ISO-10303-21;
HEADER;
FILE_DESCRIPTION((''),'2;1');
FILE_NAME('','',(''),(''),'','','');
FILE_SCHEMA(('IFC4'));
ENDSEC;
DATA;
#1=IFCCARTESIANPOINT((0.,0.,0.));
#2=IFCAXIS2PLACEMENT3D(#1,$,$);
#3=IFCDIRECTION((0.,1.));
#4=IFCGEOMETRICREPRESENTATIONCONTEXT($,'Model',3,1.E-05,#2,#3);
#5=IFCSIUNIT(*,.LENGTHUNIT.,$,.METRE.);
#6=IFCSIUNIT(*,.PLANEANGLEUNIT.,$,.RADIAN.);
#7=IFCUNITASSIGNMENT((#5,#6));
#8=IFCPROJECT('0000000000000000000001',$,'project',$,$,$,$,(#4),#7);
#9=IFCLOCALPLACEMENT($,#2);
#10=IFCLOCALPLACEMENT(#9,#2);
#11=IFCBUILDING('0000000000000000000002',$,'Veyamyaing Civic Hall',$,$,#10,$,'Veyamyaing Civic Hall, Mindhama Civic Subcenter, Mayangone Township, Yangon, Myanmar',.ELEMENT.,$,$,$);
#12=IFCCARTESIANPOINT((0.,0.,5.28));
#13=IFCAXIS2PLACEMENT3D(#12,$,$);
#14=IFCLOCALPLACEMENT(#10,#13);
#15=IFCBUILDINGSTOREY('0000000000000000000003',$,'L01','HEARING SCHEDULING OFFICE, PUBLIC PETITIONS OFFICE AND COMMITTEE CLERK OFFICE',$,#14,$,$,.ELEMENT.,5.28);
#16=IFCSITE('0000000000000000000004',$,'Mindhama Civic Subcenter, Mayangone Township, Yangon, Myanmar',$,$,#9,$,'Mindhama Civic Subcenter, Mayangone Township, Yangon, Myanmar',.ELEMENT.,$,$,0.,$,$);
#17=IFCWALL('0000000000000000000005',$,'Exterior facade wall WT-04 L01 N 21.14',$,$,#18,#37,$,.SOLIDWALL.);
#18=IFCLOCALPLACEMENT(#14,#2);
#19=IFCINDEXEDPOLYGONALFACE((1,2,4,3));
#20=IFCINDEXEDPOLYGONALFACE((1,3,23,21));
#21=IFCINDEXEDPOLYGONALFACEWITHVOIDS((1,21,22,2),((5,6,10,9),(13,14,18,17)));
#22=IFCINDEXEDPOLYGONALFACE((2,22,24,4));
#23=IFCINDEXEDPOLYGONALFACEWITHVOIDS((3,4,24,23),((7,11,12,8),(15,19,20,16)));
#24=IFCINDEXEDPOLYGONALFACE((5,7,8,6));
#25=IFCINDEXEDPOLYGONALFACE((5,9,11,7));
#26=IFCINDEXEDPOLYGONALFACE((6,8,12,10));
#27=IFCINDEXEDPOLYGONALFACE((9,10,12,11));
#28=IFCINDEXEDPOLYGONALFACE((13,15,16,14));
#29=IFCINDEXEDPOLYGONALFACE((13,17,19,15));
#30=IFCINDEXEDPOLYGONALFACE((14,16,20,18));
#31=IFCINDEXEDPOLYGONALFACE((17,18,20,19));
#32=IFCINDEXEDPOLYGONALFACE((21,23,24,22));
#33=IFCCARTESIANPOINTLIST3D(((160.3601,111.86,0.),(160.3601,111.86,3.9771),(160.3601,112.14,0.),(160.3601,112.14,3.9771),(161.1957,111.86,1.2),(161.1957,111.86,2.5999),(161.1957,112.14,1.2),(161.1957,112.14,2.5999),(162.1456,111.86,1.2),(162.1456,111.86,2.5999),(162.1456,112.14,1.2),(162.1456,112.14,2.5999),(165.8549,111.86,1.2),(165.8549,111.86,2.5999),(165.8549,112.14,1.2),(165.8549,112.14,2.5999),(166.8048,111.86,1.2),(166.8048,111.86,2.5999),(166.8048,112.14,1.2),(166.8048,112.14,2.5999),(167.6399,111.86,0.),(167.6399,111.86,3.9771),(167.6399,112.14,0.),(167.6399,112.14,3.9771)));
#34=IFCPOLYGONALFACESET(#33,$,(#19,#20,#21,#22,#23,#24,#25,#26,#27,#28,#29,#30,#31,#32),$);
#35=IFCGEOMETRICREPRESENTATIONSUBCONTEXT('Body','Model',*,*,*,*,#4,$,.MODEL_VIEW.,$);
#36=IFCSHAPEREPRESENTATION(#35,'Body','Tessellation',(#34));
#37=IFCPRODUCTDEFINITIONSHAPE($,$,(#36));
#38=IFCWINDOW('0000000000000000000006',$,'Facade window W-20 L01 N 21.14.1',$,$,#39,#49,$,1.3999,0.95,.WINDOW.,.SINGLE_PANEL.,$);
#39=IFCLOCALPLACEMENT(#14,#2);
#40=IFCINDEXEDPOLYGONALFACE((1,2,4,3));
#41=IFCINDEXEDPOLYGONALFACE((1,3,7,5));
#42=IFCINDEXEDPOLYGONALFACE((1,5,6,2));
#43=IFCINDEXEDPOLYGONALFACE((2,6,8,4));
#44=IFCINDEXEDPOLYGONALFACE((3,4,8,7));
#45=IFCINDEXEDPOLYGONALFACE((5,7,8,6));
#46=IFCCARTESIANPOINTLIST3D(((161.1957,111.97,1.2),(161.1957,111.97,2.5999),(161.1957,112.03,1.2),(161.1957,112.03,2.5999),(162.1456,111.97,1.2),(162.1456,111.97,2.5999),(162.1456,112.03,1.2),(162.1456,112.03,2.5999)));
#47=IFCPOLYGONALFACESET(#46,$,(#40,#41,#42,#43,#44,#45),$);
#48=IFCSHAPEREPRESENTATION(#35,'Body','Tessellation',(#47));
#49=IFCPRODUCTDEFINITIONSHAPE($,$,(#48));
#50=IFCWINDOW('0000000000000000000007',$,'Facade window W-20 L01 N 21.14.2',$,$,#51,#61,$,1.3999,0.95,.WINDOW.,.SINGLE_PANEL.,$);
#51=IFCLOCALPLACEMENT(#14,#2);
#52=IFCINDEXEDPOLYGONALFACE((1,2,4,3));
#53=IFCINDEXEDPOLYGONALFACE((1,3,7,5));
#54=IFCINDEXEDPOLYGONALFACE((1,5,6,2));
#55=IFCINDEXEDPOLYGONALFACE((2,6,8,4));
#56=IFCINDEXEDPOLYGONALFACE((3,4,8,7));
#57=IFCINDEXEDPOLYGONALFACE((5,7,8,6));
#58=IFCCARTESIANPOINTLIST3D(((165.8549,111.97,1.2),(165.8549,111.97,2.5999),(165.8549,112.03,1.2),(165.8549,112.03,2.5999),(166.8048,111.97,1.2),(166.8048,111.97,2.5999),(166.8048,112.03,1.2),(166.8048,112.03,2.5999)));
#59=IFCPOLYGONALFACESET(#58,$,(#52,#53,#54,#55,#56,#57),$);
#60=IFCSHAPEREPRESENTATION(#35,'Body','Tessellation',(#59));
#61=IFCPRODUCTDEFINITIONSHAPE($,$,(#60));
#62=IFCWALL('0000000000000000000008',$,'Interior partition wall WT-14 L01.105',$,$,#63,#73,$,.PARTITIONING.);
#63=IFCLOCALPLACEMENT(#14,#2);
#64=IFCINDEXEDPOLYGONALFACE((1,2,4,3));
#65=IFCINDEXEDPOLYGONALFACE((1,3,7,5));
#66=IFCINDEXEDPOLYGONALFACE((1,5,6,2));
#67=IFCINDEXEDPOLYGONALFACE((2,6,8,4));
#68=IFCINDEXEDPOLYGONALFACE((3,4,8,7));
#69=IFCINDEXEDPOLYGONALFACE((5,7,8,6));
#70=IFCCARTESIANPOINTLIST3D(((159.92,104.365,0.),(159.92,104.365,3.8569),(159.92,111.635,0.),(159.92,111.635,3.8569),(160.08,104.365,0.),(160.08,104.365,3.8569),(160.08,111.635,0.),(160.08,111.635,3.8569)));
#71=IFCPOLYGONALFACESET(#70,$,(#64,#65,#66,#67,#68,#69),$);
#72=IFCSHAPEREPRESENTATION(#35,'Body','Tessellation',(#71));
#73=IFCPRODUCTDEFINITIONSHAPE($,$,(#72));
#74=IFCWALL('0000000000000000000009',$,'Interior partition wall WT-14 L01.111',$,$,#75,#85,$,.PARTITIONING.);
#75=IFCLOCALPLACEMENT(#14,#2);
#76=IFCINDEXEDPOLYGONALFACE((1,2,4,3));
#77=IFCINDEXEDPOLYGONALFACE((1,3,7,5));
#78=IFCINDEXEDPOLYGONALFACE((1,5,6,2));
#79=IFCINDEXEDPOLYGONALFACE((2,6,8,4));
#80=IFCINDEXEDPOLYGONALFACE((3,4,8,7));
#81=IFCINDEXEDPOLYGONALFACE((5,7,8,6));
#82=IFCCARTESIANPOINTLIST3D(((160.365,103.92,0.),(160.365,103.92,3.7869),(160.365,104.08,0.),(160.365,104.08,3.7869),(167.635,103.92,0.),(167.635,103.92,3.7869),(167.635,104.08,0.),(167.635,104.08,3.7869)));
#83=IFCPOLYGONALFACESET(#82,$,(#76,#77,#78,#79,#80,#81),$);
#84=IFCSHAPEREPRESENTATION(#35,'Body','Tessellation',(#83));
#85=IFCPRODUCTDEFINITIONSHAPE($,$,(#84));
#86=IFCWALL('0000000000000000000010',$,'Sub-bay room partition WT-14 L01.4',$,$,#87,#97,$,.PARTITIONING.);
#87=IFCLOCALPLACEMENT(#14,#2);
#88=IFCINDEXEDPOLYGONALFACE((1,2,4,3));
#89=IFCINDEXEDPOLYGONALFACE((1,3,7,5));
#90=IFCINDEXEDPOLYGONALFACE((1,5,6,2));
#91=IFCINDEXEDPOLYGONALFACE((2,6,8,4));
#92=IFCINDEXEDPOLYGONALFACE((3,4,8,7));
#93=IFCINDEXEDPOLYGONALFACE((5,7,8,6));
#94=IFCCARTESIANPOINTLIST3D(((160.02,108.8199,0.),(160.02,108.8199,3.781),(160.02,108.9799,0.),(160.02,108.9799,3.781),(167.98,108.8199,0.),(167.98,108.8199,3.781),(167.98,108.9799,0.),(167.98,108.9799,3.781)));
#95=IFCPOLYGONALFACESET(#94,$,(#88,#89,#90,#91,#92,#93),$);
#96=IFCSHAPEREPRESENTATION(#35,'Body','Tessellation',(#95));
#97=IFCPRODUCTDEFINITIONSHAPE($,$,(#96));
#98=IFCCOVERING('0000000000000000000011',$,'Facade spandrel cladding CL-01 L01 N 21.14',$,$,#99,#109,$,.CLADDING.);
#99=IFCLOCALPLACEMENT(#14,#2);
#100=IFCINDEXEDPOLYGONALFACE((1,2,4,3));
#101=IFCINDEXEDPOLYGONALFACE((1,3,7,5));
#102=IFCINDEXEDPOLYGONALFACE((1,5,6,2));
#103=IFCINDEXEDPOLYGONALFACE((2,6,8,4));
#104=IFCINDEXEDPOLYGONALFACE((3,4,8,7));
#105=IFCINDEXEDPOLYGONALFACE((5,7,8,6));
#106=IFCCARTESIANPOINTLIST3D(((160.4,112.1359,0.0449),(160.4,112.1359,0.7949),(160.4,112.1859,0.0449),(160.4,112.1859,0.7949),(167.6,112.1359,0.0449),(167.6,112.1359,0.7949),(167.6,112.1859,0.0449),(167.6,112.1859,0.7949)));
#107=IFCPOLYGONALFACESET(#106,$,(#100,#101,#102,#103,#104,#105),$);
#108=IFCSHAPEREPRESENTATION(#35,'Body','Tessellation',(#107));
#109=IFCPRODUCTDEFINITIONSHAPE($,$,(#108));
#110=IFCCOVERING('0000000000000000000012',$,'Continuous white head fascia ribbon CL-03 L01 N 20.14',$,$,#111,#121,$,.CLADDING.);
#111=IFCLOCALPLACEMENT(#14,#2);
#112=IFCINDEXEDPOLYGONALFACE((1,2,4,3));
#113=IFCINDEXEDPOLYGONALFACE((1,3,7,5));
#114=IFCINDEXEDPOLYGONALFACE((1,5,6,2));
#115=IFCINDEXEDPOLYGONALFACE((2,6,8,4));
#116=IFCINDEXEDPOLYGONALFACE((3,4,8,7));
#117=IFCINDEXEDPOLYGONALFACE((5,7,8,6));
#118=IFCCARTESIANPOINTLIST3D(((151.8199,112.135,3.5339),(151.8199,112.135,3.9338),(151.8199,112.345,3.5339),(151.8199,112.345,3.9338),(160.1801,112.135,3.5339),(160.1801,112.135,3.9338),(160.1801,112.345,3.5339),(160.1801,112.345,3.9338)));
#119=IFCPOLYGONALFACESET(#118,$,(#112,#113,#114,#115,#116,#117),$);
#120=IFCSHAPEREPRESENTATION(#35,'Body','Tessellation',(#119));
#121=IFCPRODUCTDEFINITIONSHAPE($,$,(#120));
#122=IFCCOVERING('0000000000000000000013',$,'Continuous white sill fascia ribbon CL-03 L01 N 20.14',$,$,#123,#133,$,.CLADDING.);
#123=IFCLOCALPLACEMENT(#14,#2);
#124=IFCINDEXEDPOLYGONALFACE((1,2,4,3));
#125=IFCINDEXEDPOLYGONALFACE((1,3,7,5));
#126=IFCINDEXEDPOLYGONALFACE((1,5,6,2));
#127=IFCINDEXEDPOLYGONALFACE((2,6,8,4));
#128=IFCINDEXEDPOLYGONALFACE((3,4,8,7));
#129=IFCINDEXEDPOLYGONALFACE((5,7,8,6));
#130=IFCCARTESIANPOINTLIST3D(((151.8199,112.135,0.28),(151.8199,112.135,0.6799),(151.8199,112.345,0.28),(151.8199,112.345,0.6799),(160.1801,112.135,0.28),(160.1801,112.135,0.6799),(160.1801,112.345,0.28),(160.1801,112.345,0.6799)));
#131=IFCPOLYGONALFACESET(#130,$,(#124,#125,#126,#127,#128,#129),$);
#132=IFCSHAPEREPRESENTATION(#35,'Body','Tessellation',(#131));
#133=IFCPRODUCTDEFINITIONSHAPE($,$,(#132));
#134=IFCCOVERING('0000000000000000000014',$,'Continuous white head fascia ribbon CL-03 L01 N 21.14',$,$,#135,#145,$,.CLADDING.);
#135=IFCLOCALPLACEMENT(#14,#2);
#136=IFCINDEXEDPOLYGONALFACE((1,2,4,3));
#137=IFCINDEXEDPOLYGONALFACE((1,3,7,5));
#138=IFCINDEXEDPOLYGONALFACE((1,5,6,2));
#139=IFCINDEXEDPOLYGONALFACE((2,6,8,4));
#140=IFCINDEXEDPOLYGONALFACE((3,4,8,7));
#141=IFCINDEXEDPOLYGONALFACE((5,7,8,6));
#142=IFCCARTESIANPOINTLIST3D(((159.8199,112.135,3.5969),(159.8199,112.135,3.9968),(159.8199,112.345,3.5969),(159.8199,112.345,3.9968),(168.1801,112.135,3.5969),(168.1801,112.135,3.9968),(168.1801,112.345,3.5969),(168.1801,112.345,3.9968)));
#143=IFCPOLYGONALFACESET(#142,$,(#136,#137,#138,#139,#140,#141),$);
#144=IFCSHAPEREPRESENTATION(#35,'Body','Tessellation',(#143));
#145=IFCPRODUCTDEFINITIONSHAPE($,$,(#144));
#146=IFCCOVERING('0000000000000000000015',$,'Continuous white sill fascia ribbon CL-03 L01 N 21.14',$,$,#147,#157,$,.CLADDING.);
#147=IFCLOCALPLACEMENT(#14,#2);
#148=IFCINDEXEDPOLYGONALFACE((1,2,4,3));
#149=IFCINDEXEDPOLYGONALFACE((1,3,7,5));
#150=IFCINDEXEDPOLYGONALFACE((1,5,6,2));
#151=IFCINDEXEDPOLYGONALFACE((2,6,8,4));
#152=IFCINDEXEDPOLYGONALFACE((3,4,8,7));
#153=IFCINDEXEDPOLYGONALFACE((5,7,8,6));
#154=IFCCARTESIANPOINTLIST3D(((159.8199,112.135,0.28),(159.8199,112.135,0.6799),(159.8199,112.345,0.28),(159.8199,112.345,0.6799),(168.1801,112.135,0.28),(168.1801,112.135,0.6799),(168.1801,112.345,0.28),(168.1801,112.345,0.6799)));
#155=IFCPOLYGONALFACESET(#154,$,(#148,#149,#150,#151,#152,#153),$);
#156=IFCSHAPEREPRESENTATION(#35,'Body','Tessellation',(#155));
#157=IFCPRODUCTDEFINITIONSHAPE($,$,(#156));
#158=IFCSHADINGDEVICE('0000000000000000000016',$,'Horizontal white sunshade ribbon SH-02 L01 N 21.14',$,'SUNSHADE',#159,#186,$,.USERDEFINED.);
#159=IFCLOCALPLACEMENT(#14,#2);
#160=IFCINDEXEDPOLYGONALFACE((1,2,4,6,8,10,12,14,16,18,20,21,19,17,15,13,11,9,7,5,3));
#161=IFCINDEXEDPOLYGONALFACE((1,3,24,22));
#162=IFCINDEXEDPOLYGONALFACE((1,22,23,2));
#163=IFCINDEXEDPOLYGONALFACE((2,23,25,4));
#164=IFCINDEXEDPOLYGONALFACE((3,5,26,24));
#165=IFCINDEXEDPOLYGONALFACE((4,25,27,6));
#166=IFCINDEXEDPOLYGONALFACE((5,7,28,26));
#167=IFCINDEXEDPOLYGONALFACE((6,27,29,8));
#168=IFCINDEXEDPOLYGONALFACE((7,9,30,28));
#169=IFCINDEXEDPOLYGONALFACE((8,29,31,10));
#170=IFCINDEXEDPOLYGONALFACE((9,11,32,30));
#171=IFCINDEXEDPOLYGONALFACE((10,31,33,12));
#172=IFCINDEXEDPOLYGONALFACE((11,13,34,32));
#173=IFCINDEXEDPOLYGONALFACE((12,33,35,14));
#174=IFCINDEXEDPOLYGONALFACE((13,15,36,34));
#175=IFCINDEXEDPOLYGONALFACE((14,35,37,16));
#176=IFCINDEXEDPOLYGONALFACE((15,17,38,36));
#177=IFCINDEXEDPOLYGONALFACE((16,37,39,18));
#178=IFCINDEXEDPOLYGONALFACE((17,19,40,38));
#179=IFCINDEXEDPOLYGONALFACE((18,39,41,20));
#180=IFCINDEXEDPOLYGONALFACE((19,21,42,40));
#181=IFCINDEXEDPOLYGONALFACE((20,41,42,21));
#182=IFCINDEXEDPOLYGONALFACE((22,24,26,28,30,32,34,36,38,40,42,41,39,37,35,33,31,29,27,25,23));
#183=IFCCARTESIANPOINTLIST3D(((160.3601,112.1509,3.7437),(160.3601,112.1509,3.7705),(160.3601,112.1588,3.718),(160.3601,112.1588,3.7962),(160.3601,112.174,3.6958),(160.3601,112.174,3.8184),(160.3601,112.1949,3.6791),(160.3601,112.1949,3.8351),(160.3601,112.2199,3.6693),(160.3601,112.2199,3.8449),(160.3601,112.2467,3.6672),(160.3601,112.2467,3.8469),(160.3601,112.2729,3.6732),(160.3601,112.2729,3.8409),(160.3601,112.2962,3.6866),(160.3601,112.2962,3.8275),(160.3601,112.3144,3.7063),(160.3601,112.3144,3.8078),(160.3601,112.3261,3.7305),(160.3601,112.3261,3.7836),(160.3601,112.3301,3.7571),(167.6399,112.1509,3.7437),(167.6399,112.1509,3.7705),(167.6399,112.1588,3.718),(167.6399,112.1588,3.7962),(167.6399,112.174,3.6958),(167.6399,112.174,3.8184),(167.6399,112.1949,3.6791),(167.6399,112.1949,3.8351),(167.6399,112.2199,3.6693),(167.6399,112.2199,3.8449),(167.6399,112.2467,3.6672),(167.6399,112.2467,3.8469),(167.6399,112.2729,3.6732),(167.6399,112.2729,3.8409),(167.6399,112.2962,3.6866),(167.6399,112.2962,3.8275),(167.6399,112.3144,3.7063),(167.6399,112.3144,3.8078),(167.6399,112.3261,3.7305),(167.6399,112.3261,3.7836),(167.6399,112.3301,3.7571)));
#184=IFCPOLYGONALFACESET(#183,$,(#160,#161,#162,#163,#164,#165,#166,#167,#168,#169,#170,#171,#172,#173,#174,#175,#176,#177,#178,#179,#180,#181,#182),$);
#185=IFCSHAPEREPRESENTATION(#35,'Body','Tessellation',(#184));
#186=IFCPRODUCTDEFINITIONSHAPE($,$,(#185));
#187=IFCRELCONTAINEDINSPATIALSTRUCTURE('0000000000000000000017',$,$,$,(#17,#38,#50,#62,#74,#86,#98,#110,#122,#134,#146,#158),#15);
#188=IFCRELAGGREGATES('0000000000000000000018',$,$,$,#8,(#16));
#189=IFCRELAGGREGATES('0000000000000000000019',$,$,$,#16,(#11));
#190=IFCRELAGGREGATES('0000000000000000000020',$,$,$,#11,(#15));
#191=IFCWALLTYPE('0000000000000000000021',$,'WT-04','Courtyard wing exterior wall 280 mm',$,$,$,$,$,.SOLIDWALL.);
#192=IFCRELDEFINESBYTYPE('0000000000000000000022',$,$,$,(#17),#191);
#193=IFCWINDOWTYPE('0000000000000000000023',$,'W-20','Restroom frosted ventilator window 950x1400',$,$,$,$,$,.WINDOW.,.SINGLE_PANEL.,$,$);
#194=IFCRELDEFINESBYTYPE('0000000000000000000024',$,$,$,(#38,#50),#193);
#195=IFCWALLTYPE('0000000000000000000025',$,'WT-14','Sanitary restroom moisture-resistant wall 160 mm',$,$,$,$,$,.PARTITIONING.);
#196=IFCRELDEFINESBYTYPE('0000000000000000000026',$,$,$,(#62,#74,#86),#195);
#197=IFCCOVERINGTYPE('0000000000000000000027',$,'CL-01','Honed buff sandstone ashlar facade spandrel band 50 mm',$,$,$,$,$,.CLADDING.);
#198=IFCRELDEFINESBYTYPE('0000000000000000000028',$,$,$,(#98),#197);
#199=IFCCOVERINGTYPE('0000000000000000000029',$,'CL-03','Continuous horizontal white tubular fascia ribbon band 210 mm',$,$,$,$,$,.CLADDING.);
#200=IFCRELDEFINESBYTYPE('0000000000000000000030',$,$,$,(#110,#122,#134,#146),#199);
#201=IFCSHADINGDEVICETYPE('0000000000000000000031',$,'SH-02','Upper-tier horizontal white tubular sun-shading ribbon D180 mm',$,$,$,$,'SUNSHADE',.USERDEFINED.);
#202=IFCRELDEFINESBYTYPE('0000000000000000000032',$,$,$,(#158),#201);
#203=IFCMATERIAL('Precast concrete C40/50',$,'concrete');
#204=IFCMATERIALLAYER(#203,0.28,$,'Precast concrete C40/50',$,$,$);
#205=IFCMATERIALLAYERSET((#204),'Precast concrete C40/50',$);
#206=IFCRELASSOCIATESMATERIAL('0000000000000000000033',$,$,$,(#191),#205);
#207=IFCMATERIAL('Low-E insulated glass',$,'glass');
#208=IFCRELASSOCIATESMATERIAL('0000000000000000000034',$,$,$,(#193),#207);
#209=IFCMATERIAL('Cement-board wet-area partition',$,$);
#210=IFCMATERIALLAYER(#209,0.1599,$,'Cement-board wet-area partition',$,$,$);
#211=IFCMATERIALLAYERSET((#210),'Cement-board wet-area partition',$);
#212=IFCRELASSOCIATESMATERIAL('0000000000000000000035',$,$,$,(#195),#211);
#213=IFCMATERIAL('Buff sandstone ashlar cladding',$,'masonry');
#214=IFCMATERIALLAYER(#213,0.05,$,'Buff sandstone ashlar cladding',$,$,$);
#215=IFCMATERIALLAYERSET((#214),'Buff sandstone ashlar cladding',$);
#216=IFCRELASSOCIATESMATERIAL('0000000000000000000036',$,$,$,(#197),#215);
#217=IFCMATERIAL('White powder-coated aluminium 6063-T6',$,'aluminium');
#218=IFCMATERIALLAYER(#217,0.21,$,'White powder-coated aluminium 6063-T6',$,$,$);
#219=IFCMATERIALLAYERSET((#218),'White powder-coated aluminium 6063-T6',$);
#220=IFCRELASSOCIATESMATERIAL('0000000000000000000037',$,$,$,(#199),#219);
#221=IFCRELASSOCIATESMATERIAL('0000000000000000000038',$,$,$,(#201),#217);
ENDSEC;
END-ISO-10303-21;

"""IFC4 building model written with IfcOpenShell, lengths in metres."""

from ifc_helpers import new_model, si_unit, direction, frame, frame_2d, origin, origin_2d, place, context, subcontext, project, spatial, rectangle, circle, extrude, material, layer, layer_set, material_profile, profile_set, type_object, element, fill, save


model = new_model("IFC4")

# Units and contexts
model_context = context("Model", 3, precision=1e-05, world=origin(), true_north=direction((0.0, 1.0)))
body_context = subcontext(model_context, "Body", "Model", "MODEL_VIEW")
ifc_project = project(units=[si_unit("LENGTHUNIT", "METRE"), si_unit("PLANEANGLEUNIT", "RADIAN")], contexts=[model_context])

# Site, building, storey
site_placement = place(None, origin())
site = spatial("IfcSite", under=ifc_project, at=site_placement, Name="Mindhama Civic Subcenter, Mayangone Township, Yangon, Myanmar", LongName="Mindhama Civic Subcenter, Mayangone Township, Yangon, Myanmar", CompositionType="ELEMENT", RefElevation=0.0)
building_placement = place(site_placement, origin())
building = spatial("IfcBuilding", under=site, at=building_placement, Name="Veyamyaing Civic Hall", LongName="Veyamyaing Civic Hall, Mindhama Civic Subcenter, Mayangone Township, Yangon, Myanmar", CompositionType="ELEMENT")
storey_placement = place(building_placement, frame((0.0, 0.0, 5.28)))
storey = spatial("IfcBuildingStorey", under=building, at=storey_placement, Name="L01", Description="HEARING SCHEDULING OFFICE, PUBLIC PETITIONS OFFICE AND COMMITTEE CLERK OFFICE", CompositionType="ELEMENT", Elevation=5.28)

# Wall, openings, windows
ifc_material_1 = material(Name="Precast concrete C40/50", Category="concrete")
ifc_layer_1 = layer(ifc_material_1, 0.28, Name="Precast concrete C40/50")
ifc_layer_set_1 = layer_set([ifc_layer_1], Name="Precast concrete C40/50")
wall_type_1 = type_object("IfcWallType", Name="WT-04", Description="Courtyard wing exterior wall 280 mm", PredefinedType="SOLIDWALL", material=ifc_layer_set_1)
wall_1_placement = place(storey_placement, frame((160.3601, 112.0, 0.0), z_axis=(0.0, 0.0, 1.0), x_axis=(1.0, 0.0, 0.0)))
wall_1 = element("IfcWall", 1, at=wall_1_placement, inside=storey, type_object=wall_type_1, Name="Exterior facade wall WT-04 L01 N 21.14", PredefinedType="SOLIDWALL", context=body_context, shape_type="SweptSolid", body=[
    extrude(rectangle(XDim=7.2798, YDim=0.28, at=frame_2d((3.6399, 0.0))), origin(), (0.0, 0.0, 1.0), 3.9771),
])
opening_1_placement = place(wall_1_placement, frame((0.8354, 0.0, 1.2)))
opening_1 = element("IfcOpeningElement", 2, at=opening_1_placement, cuts=wall_1, PredefinedType="OPENING", context=body_context, shape_type="SweptSolid", body=[
    extrude(rectangle(XDim=0.95, YDim=1.3999, at=frame_2d((0.4751, 0.7))), frame((0.0, 0.1499, 0.0), z_axis=(0.0, -1.0, 0.0), x_axis=(1.0, 0.0, 0.0)), (0.0, 0.0, 1.0), 0.3),
])
opening_2_placement = place(wall_1_placement, frame((5.4946, 0.0, 1.2)))
opening_2 = element("IfcOpeningElement", 3, at=opening_2_placement, cuts=wall_1, PredefinedType="OPENING", context=body_context, shape_type="SweptSolid", body=[
    extrude(rectangle(XDim=0.95, YDim=1.3999, at=frame_2d((0.4751, 0.7))), frame((0.0, 0.1499, 0.0), z_axis=(0.0, -1.0, 0.0), x_axis=(1.0, 0.0, 0.0)), (0.0, 0.0, 1.0), 0.3),
])
ifc_material_2 = material(Name="Low-E insulated glass", Category="glass")
window_type = type_object("IfcWindowType", Name="W-20", Description="Restroom frosted ventilator window 950x1400", PartitioningType="SINGLE_PANEL", PredefinedType="WINDOW", material=ifc_material_2)
window_1_placement = place(opening_1_placement, origin())
window_1 = element("IfcWindow", 4, at=window_1_placement, inside=storey, type_object=window_type, Name="Facade window W-20 L01 N 21.14.1", OverallHeight=1.3999, OverallWidth=0.95, PartitioningType="SINGLE_PANEL", PredefinedType="WINDOW", context=body_context, shape_type="SweptSolid", body=[
    extrude(rectangle(XDim=0.95, YDim=1.3999, at=frame_2d((0.4751, 0.7))), frame((0.0, 0.03, 0.0), z_axis=(0.0, -1.0, 0.0), x_axis=(1.0, 0.0, 0.0)), (0.0, 0.0, 1.0), 0.0601),
])
fill(opening_1, window_1)
window_2_placement = place(opening_2_placement, origin())
window_2 = element("IfcWindow", 5, at=window_2_placement, inside=storey, type_object=window_type, Name="Facade window W-20 L01 N 21.14.2", OverallHeight=1.3999, OverallWidth=0.95, PartitioningType="SINGLE_PANEL", PredefinedType="WINDOW", context=body_context, shape_type="SweptSolid", body=[
    extrude(rectangle(XDim=0.95, YDim=1.3999, at=frame_2d((0.4751, 0.7))), frame((0.0, 0.03, 0.0), z_axis=(0.0, -1.0, 0.0), x_axis=(1.0, 0.0, 0.0)), (0.0, 0.0, 1.0), 0.0601),
])
fill(opening_2, window_2)

# Walls
ifc_material_3 = material(Name="Cement-board wet-area partition")
ifc_layer_2 = layer(ifc_material_3, 0.1599, Name="Cement-board wet-area partition")
ifc_layer_set_2 = layer_set([ifc_layer_2], Name="Cement-board wet-area partition")
wall_type_2 = type_object("IfcWallType", Name="WT-14", Description="Sanitary restroom moisture-resistant wall 160 mm", PredefinedType="PARTITIONING", material=ifc_layer_set_2)
wall_2_placement = place(storey_placement, frame((160.0, 104.365, 0.0), z_axis=(0.0, 0.0, 1.0), x_axis=(0.0, 1.0, 0.0)))
element("IfcWall", 6, at=wall_2_placement, inside=storey, type_object=wall_type_2, Name="Interior partition wall WT-14 L01.105", PredefinedType="PARTITIONING", context=body_context, shape_type="SweptSolid", body=[
    extrude(rectangle(XDim=7.27, YDim=0.1599, at=frame_2d((3.635, 0.0))), origin(), (0.0, 0.0, 1.0), 3.8569),
])
wall_3_placement = place(storey_placement, frame((160.365, 104.0, 0.0), z_axis=(0.0, 0.0, 1.0), x_axis=(1.0, 0.0, 0.0)))
element("IfcWall", 7, at=wall_3_placement, inside=storey, type_object=wall_type_2, Name="Interior partition wall WT-14 L01.111", PredefinedType="PARTITIONING", context=body_context, shape_type="SweptSolid", body=[
    extrude(rectangle(XDim=7.27, YDim=0.1599, at=frame_2d((3.635, 0.0))), origin(), (0.0, 0.0, 1.0), 3.7869),
])
wall_4_placement = place(storey_placement, frame((160.02, 108.8999, 0.0), z_axis=(0.0, 0.0, 1.0), x_axis=(1.0, 0.0, 0.0)))
element("IfcWall", 8, at=wall_4_placement, inside=storey, type_object=wall_type_2, Name="Sub-bay room partition WT-14 L01.4", PredefinedType="PARTITIONING", context=body_context, shape_type="SweptSolid", body=[
    extrude(rectangle(XDim=7.96, YDim=0.1599, at=frame_2d((3.98, 0.0))), origin(), (0.0, 0.0, 1.0), 3.781),
])

# Coverings
ifc_material_4 = material(Name="Buff sandstone ashlar cladding", Category="masonry")
ifc_layer_3 = layer(ifc_material_4, 0.05, Name="Buff sandstone ashlar cladding")
ifc_layer_set_3 = layer_set([ifc_layer_3], Name="Buff sandstone ashlar cladding")
covering_type_1 = type_object("IfcCoveringType", Name="CL-01", Description="Honed buff sandstone ashlar facade spandrel band 50 mm", PredefinedType="CLADDING", material=ifc_layer_set_3)
covering_placement = place(storey_placement, frame((164.0, 112.1609, 0.0449), z_axis=(0.0, 0.0, 1.0), x_axis=(1.0, 0.0, 0.0)))
element("IfcCovering", 9, at=covering_placement, inside=storey, type_object=covering_type_1, Name="Facade spandrel cladding CL-01 L01 N 21.14", PredefinedType="CLADDING", context=body_context, shape_type="SweptSolid", body=[
    extrude(rectangle(XDim=7.2, YDim=0.05, at=origin_2d()), origin(), (0.0, 0.0, 1.0), 0.75),
])
ifc_material_5 = material(Name="White powder-coated aluminium 6063-T6", Category="aluminium")
ifc_layer_4 = layer(ifc_material_5, 0.21, Name="White powder-coated aluminium 6063-T6")
ifc_layer_set_4 = layer_set([ifc_layer_4], Name="White powder-coated aluminium 6063-T6")
covering_type_2 = type_object("IfcCoveringType", Name="CL-03", Description="Continuous horizontal white tubular fascia ribbon band 210 mm", PredefinedType="CLADDING", material=ifc_layer_set_4)
for number, where, z_axis, x_axis, name in (
    (10, (156.0, 112.24, 3.5339), (0.0, 0.0, 1.0), (1.0, 0.0, 0.0), "Continuous white head fascia ribbon CL-03 L01 N 20.14"),
    (11, (156.0, 112.24, 0.28), (0.0, 0.0, 1.0), (1.0, 0.0, 0.0), "Continuous white sill fascia ribbon CL-03 L01 N 20.14"),
    (12, (164.0, 112.24, 3.5969), (0.0, 0.0, 1.0), (1.0, 0.0, 0.0), "Continuous white head fascia ribbon CL-03 L01 N 21.14"),
    (13, (164.0, 112.24, 0.28), (0.0, 0.0, 1.0), (1.0, 0.0, 0.0), "Continuous white sill fascia ribbon CL-03 L01 N 21.14"),
):
    element("IfcCovering", number, at=place(storey_placement, frame(where, z_axis=z_axis, x_axis=x_axis)), inside=storey, type_object=covering_type_2, Name=name, PredefinedType="CLADDING", context=body_context, shape_type="SweptSolid", body=[
        extrude(rectangle(XDim=8.3601, YDim=0.21, at=origin_2d()), origin(), (0.0, 0.0, 1.0), 0.3999),
    ])

# Shading device
ifc_material_profile_1 = material_profile(ifc_material_5, circle(Radius=0.0901, at=origin_2d()), Name="SHADE-TUBE-180")
ifc_profile_set_1 = profile_set([ifc_material_profile_1], Name="White powder-coated aluminium 6063-T6")
shading_device_type = type_object("IfcShadingDeviceType", Name="SH-02", Description="Upper-tier horizontal white tubular sun-shading ribbon D180 mm", ElementType="SUNSHADE", PredefinedType="USERDEFINED", material=ifc_profile_set_1)
shading_device_placement = place(storey_placement, frame((160.3601, 112.24, 3.7571), z_axis=(1.0, 0.0, 0.0), x_axis=(0.0, 1.0, 0.0)))
element("IfcShadingDevice", 14, at=shading_device_placement, inside=storey, type_object=shading_device_type, Name="Horizontal white sunshade ribbon SH-02 L01 N 21.14", ObjectType="SUNSHADE", PredefinedType="USERDEFINED", context=body_context, shape_type="SweptSolid", body=[
    extrude(circle(Radius=0.0901, at=origin_2d()), origin(), (0.0, 0.0, 1.0), 7.2798),
])

save(model, "model.ifc")
